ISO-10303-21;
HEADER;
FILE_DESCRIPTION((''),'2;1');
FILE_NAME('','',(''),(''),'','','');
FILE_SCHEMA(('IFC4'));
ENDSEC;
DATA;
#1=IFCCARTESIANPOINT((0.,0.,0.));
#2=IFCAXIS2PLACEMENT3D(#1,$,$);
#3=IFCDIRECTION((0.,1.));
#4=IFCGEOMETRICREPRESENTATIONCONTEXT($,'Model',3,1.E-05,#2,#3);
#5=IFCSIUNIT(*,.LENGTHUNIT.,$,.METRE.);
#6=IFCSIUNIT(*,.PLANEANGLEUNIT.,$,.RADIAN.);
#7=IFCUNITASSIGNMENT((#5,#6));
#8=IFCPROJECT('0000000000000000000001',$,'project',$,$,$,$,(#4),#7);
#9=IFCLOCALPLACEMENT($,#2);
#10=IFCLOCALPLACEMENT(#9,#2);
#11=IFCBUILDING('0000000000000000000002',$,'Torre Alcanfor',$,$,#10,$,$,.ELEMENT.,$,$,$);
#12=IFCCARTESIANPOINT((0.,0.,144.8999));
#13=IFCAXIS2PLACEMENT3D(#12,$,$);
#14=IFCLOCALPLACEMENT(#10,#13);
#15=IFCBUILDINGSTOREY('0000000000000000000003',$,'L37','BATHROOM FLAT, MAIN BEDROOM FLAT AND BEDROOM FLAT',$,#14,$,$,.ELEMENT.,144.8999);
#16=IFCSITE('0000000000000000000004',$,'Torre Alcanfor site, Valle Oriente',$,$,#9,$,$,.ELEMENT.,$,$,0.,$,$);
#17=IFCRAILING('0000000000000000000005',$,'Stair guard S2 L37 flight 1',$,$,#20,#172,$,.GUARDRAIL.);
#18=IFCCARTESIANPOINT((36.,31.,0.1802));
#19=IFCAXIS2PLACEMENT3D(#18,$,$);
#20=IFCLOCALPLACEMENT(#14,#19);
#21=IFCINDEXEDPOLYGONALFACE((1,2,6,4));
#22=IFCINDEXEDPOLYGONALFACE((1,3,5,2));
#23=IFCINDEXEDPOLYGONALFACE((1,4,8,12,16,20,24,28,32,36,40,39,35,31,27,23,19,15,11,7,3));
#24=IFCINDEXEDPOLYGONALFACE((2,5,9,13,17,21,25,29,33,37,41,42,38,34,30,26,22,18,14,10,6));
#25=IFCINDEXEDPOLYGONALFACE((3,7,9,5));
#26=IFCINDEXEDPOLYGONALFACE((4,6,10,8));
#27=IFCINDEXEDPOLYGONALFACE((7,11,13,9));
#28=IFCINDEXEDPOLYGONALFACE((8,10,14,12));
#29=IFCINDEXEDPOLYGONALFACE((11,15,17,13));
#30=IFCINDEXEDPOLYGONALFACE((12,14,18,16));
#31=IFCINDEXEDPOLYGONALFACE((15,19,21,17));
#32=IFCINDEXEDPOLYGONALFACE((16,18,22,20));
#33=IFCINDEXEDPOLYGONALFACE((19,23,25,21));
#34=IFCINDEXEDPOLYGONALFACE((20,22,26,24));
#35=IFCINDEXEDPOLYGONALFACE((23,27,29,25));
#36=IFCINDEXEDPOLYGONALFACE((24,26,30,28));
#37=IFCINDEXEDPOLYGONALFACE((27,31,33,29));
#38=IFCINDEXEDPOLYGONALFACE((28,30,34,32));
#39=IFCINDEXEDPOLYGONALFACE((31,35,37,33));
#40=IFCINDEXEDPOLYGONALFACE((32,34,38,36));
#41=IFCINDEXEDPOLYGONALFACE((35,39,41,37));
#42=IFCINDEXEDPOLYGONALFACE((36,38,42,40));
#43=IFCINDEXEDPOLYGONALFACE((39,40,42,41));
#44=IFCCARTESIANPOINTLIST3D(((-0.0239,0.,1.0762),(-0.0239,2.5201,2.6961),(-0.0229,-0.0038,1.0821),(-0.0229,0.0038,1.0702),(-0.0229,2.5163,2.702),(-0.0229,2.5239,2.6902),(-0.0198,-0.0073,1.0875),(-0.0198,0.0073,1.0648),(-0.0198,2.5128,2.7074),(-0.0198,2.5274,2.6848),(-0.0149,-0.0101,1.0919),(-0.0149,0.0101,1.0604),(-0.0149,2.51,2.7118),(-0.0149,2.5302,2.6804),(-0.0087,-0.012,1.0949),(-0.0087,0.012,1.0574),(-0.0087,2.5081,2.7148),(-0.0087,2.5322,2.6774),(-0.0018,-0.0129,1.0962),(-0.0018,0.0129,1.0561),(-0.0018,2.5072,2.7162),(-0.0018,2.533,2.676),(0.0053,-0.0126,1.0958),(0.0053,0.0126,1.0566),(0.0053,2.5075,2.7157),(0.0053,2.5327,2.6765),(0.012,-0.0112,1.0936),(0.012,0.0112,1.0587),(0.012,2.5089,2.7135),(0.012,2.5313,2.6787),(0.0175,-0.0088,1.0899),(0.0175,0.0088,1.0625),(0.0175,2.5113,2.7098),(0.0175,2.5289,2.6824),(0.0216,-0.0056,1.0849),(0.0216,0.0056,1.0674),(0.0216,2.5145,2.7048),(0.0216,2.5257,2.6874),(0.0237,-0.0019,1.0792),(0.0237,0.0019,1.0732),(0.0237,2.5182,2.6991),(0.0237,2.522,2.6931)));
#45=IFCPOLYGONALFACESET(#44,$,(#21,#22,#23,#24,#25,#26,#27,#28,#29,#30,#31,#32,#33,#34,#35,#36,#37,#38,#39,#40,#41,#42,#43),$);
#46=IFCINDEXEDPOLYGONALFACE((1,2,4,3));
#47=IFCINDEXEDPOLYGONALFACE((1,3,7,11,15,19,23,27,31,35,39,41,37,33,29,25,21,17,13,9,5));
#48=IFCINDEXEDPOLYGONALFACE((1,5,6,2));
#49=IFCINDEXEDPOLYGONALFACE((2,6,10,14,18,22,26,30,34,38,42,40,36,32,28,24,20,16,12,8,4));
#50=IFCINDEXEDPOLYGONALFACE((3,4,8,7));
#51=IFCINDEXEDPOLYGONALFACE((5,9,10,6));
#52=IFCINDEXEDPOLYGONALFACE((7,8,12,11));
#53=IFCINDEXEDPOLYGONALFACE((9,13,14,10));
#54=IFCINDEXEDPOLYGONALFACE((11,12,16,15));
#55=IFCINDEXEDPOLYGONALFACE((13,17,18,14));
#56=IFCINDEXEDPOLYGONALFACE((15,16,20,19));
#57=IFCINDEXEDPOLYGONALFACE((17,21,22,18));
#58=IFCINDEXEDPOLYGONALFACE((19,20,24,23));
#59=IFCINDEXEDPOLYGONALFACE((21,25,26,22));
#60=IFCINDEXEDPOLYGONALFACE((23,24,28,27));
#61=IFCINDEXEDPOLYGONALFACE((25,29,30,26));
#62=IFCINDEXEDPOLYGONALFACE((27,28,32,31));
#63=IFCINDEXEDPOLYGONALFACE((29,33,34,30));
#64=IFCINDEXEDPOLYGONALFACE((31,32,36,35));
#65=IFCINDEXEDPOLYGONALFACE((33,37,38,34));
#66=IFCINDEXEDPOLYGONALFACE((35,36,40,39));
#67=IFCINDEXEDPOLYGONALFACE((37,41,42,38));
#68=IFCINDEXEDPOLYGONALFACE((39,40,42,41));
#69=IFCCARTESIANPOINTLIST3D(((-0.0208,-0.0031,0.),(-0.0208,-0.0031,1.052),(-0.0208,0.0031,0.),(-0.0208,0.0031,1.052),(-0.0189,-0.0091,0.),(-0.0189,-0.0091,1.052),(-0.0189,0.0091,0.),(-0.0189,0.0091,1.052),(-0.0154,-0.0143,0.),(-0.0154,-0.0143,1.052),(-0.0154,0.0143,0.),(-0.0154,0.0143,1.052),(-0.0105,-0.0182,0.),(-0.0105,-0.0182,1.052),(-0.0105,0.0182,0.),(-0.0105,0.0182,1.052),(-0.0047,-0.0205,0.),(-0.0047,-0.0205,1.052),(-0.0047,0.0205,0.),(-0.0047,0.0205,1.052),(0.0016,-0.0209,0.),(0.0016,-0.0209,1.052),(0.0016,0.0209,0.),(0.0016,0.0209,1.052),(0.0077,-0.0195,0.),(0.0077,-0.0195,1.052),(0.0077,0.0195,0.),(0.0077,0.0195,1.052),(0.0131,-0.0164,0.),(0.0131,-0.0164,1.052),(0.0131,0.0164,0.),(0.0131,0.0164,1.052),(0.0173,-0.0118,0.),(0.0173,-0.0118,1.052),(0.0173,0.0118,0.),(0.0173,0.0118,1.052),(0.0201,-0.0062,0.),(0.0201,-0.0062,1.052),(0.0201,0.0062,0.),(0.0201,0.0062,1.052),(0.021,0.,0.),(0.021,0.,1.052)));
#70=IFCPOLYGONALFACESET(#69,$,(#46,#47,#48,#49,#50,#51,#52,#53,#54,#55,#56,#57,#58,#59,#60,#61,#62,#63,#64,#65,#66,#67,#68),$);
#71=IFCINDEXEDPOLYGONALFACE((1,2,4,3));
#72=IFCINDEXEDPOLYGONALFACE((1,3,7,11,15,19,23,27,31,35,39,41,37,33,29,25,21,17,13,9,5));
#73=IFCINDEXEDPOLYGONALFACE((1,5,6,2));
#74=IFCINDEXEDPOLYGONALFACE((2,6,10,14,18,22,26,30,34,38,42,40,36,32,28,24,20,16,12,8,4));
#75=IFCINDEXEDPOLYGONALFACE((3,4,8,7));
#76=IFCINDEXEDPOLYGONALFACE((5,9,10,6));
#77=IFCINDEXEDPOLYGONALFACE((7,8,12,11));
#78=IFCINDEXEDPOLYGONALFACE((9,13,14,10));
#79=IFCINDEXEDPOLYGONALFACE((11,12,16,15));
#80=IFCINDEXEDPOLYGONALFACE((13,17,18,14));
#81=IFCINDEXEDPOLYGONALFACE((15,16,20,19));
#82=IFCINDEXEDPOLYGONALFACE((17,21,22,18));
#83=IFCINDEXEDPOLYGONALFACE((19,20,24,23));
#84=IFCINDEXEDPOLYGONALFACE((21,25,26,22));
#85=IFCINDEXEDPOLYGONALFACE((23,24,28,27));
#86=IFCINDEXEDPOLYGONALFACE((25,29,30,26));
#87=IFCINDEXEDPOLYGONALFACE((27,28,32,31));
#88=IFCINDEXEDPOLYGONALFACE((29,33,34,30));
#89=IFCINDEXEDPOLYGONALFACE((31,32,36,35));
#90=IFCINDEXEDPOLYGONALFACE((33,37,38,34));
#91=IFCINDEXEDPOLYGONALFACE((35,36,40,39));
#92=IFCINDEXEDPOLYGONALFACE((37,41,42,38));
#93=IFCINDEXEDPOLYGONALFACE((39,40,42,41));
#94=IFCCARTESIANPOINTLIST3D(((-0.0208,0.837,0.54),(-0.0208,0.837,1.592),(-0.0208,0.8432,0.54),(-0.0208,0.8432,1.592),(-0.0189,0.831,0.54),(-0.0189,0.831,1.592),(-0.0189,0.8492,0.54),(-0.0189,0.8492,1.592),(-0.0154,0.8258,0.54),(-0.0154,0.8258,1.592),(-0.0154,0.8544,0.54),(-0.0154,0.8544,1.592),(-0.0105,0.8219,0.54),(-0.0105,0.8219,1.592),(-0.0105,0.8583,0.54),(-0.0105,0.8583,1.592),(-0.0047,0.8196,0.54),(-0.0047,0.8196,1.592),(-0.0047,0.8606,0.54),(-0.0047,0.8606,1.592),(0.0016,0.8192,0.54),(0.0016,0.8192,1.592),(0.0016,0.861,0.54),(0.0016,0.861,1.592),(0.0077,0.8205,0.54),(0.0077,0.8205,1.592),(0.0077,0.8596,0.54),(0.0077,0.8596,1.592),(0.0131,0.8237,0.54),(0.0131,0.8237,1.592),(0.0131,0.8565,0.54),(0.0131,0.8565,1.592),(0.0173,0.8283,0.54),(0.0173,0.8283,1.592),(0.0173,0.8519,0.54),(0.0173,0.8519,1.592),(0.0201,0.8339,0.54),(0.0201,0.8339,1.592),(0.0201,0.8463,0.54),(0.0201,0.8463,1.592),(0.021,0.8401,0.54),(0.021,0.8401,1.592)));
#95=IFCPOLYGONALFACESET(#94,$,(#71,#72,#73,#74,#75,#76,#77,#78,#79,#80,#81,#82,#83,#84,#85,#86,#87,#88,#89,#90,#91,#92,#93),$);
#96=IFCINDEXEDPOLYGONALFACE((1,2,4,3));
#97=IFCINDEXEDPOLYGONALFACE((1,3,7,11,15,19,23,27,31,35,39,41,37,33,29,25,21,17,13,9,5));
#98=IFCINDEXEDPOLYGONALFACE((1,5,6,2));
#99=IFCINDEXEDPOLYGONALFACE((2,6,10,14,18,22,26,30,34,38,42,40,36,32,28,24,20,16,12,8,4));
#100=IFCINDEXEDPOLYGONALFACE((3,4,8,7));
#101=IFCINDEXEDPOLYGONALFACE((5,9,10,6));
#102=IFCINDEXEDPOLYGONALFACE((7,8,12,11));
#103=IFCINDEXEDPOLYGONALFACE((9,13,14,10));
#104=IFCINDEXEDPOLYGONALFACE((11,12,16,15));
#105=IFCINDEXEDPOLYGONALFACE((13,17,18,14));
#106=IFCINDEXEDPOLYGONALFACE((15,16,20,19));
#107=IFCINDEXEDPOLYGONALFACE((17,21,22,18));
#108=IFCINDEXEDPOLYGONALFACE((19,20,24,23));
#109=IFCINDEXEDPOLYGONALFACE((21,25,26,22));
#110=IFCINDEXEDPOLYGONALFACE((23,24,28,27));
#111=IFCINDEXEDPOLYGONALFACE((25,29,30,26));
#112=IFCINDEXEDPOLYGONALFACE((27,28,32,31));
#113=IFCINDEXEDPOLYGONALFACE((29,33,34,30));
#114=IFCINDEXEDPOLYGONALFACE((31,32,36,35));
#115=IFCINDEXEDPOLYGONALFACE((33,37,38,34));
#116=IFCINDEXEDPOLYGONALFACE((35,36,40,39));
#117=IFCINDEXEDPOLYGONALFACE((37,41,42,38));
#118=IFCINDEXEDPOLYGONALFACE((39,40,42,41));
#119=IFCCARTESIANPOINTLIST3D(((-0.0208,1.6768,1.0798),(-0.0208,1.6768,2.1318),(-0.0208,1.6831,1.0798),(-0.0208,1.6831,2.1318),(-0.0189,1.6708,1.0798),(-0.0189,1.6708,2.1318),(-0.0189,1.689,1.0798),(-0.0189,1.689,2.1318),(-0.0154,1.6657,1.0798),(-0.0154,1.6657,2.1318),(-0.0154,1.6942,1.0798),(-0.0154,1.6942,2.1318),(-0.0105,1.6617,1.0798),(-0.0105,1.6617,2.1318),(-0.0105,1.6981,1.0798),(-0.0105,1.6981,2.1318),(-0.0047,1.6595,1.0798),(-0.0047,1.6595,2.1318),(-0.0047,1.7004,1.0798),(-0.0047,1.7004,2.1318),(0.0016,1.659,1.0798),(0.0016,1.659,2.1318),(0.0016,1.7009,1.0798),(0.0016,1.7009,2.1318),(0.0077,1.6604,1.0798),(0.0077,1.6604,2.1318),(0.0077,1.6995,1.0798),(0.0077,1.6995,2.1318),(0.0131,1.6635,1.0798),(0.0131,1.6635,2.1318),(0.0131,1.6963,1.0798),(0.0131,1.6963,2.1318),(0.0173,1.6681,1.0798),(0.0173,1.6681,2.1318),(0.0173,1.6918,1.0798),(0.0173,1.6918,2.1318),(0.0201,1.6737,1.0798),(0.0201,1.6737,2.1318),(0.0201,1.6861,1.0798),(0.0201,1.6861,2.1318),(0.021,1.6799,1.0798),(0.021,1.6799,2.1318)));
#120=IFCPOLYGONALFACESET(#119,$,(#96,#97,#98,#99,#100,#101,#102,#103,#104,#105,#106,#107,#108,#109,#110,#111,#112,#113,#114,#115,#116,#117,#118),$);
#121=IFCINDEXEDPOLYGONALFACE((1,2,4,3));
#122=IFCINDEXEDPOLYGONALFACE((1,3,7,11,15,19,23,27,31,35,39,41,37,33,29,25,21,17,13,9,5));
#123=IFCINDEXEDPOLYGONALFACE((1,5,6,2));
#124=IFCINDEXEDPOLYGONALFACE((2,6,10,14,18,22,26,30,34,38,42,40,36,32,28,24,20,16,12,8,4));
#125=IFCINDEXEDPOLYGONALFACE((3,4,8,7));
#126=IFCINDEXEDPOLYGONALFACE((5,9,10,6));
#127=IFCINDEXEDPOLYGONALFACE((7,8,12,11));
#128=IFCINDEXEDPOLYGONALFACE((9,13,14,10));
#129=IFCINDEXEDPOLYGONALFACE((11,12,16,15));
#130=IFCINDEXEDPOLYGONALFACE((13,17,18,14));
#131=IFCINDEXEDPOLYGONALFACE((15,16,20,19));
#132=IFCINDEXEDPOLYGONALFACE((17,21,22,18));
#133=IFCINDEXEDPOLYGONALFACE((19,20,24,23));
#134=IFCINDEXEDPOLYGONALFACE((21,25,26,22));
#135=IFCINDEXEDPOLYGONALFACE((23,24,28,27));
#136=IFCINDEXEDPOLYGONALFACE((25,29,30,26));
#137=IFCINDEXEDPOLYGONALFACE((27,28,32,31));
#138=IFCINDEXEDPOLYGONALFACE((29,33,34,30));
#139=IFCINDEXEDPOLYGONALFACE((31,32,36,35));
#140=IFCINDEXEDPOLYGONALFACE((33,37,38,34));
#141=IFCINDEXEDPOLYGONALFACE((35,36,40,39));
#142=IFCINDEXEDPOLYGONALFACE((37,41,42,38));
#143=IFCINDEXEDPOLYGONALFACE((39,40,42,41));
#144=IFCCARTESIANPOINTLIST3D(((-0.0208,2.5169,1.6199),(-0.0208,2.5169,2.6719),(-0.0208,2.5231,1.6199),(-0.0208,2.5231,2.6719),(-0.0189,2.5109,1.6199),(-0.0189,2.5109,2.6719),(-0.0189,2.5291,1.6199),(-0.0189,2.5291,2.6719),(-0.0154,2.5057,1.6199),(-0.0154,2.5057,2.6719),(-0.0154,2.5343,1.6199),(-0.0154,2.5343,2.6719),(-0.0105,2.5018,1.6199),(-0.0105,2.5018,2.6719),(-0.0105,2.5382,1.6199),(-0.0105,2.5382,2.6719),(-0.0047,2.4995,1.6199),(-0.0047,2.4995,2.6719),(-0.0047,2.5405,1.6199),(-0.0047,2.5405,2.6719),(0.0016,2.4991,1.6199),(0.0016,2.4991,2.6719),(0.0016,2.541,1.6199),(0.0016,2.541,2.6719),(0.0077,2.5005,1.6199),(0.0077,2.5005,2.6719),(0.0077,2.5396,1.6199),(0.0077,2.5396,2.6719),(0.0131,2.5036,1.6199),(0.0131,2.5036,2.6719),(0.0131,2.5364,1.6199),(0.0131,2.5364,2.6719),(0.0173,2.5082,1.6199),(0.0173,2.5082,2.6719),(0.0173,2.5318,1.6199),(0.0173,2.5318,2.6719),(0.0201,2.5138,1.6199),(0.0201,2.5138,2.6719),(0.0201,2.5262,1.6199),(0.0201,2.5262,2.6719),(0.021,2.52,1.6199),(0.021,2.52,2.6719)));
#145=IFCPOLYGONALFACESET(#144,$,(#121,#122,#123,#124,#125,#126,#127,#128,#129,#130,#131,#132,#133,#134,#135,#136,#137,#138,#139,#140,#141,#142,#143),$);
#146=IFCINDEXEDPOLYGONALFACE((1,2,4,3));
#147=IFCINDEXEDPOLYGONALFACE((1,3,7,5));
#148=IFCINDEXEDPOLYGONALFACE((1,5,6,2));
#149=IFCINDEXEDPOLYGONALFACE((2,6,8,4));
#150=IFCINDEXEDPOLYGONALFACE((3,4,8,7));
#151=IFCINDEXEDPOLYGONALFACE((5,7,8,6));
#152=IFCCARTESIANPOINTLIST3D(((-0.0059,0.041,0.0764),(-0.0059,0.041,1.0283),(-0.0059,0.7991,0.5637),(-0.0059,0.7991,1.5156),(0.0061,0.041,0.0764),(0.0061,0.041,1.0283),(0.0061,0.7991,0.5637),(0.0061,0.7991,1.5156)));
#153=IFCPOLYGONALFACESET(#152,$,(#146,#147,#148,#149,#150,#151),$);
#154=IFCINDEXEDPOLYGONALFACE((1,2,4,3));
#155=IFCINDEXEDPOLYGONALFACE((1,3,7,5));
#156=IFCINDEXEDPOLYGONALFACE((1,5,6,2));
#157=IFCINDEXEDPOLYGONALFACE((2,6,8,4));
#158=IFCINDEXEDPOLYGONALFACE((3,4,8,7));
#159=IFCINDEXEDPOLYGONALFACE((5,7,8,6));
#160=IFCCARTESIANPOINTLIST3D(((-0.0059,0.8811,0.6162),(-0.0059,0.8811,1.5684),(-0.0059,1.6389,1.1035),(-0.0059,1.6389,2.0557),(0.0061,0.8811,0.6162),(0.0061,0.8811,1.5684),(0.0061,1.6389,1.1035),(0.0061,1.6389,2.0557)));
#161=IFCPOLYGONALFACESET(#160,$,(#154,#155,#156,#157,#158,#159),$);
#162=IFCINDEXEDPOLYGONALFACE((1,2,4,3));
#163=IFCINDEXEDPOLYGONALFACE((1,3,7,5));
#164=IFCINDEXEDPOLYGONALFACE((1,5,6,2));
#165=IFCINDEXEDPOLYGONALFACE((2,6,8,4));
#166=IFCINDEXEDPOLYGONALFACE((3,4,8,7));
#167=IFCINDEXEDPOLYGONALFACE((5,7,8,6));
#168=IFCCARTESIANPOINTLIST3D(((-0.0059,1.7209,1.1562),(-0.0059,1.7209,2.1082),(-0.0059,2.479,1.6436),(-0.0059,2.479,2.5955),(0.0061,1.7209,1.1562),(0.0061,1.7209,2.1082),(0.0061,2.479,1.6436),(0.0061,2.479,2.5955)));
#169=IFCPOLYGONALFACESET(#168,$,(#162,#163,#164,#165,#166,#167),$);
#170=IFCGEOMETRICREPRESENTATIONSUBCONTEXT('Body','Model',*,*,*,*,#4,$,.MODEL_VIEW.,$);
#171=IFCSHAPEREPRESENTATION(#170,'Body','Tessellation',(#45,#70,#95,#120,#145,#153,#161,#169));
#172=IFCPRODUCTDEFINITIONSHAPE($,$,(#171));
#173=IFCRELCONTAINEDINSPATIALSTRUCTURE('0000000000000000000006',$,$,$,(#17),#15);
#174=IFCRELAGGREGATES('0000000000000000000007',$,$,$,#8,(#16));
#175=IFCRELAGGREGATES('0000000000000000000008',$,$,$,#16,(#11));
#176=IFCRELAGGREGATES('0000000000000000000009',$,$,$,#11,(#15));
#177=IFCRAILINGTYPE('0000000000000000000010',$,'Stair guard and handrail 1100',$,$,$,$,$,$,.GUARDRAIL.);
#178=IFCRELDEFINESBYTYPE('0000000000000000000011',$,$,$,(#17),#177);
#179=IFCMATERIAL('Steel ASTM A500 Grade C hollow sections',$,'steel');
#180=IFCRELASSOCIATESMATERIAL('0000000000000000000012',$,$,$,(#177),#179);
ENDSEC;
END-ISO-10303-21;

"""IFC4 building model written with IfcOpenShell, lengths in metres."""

from ifc_helpers import new_model, si_unit, direction, frame, origin, origin_2d, place, context, subcontext, project, spatial, polyline, circle, outline, extrude, material, type_object, element, save


model = new_model("IFC4")

# Units and contexts
model_context = context("Model", 3, precision=1e-05, world=origin(), true_north=direction((0.0, 1.0)))
body_context = subcontext(model_context, "Body", "Model", "MODEL_VIEW")
ifc_project = project(units=[si_unit("LENGTHUNIT", "METRE"), si_unit("PLANEANGLEUNIT", "RADIAN")], contexts=[model_context])

# Site, building, storey
site_placement = place(None, origin())
site = spatial("IfcSite", under=ifc_project, at=site_placement, Name="Torre Alcanfor site, Valle Oriente", CompositionType="ELEMENT", RefElevation=0.0)
building_placement = place(site_placement, origin())
building = spatial("IfcBuilding", under=site, at=building_placement, Name="Torre Alcanfor", CompositionType="ELEMENT")
storey_placement = place(building_placement, frame((0.0, 0.0, 144.8999)))
storey = spatial("IfcBuildingStorey", under=building, at=storey_placement, Name="L37", Description="BATHROOM FLAT, MAIN BEDROOM FLAT AND BEDROOM FLAT", CompositionType="ELEMENT", Elevation=144.8999)

# Railing
ifc_material_1 = material(Name="Steel ASTM A500 Grade C hollow sections", Category="steel")
railing_type_1 = type_object("IfcRailingType", Name="Stair guard and handrail 1100", PredefinedType="GUARDRAIL", material=ifc_material_1)
railing_1_placement = place(storey_placement, frame((36.0, 31.0, 0.1802)))
element("IfcRailing", 1, at=railing_1_placement, inside=storey, type_object=railing_type_1, Name="Stair guard S2 L37 flight 1", PredefinedType="GUARDRAIL", context=body_context, shape_type="SweptSolid", body=[
    extrude(circle(Radius=0.0239, at=origin_2d()), frame((0.0, 0.0, 1.0762), z_axis=(0.0, 0.8412, 0.540725), x_axis=(-1.0, 0.0, 0.0)), (0.0, 0.0, 1.0), 2.9958),
    extrude(circle(Radius=0.021, at=origin_2d()), origin(), (0.0, 0.0, 1.0), 1.052),
    extrude(circle(Radius=0.021, at=origin_2d()), frame((0.0, 0.8401, 0.54)), (0.0, 0.0, 1.0), 1.052),
    extrude(circle(Radius=0.021, at=origin_2d()), frame((0.0, 1.6799, 1.0798)), (0.0, 0.0, 1.0), 1.052),
    extrude(circle(Radius=0.021, at=origin_2d()), frame((0.0, 2.52, 1.6199)), (0.0, 0.0, 1.0), 1.052),
    extrude(outline(polyline([(0.041, 0.0764), (0.7991, 0.5637), (0.7991, 1.5156), (0.041, 1.0283), (0.041, 0.0764)])), frame((-0.0059, 0.0, 0.0), z_axis=(1.0, 0.0, 0.0), x_axis=(0.0, 1.0, 0.0)), (0.0, 0.0, 1.0), 0.012),
    extrude(outline(polyline([(0.8811, 0.6162), (1.6389, 1.1035), (1.6389, 2.0557), (0.8811, 1.5684), (0.8811, 0.6162)])), frame((-0.0059, 0.0, 0.0), z_axis=(1.0, 0.0, 0.0), x_axis=(0.0, 1.0, 0.0)), (0.0, 0.0, 1.0), 0.012),
    extrude(outline(polyline([(1.7209, 1.1562), (2.479, 1.6436), (2.479, 2.5955), (1.7209, 2.1082), (1.7209, 1.1562)])), frame((-0.0059, 0.0, 0.0), z_axis=(1.0, 0.0, 0.0), x_axis=(0.0, 1.0, 0.0)), (0.0, 0.0, 1.0), 0.012),
])

save(model, "model.ifc")
